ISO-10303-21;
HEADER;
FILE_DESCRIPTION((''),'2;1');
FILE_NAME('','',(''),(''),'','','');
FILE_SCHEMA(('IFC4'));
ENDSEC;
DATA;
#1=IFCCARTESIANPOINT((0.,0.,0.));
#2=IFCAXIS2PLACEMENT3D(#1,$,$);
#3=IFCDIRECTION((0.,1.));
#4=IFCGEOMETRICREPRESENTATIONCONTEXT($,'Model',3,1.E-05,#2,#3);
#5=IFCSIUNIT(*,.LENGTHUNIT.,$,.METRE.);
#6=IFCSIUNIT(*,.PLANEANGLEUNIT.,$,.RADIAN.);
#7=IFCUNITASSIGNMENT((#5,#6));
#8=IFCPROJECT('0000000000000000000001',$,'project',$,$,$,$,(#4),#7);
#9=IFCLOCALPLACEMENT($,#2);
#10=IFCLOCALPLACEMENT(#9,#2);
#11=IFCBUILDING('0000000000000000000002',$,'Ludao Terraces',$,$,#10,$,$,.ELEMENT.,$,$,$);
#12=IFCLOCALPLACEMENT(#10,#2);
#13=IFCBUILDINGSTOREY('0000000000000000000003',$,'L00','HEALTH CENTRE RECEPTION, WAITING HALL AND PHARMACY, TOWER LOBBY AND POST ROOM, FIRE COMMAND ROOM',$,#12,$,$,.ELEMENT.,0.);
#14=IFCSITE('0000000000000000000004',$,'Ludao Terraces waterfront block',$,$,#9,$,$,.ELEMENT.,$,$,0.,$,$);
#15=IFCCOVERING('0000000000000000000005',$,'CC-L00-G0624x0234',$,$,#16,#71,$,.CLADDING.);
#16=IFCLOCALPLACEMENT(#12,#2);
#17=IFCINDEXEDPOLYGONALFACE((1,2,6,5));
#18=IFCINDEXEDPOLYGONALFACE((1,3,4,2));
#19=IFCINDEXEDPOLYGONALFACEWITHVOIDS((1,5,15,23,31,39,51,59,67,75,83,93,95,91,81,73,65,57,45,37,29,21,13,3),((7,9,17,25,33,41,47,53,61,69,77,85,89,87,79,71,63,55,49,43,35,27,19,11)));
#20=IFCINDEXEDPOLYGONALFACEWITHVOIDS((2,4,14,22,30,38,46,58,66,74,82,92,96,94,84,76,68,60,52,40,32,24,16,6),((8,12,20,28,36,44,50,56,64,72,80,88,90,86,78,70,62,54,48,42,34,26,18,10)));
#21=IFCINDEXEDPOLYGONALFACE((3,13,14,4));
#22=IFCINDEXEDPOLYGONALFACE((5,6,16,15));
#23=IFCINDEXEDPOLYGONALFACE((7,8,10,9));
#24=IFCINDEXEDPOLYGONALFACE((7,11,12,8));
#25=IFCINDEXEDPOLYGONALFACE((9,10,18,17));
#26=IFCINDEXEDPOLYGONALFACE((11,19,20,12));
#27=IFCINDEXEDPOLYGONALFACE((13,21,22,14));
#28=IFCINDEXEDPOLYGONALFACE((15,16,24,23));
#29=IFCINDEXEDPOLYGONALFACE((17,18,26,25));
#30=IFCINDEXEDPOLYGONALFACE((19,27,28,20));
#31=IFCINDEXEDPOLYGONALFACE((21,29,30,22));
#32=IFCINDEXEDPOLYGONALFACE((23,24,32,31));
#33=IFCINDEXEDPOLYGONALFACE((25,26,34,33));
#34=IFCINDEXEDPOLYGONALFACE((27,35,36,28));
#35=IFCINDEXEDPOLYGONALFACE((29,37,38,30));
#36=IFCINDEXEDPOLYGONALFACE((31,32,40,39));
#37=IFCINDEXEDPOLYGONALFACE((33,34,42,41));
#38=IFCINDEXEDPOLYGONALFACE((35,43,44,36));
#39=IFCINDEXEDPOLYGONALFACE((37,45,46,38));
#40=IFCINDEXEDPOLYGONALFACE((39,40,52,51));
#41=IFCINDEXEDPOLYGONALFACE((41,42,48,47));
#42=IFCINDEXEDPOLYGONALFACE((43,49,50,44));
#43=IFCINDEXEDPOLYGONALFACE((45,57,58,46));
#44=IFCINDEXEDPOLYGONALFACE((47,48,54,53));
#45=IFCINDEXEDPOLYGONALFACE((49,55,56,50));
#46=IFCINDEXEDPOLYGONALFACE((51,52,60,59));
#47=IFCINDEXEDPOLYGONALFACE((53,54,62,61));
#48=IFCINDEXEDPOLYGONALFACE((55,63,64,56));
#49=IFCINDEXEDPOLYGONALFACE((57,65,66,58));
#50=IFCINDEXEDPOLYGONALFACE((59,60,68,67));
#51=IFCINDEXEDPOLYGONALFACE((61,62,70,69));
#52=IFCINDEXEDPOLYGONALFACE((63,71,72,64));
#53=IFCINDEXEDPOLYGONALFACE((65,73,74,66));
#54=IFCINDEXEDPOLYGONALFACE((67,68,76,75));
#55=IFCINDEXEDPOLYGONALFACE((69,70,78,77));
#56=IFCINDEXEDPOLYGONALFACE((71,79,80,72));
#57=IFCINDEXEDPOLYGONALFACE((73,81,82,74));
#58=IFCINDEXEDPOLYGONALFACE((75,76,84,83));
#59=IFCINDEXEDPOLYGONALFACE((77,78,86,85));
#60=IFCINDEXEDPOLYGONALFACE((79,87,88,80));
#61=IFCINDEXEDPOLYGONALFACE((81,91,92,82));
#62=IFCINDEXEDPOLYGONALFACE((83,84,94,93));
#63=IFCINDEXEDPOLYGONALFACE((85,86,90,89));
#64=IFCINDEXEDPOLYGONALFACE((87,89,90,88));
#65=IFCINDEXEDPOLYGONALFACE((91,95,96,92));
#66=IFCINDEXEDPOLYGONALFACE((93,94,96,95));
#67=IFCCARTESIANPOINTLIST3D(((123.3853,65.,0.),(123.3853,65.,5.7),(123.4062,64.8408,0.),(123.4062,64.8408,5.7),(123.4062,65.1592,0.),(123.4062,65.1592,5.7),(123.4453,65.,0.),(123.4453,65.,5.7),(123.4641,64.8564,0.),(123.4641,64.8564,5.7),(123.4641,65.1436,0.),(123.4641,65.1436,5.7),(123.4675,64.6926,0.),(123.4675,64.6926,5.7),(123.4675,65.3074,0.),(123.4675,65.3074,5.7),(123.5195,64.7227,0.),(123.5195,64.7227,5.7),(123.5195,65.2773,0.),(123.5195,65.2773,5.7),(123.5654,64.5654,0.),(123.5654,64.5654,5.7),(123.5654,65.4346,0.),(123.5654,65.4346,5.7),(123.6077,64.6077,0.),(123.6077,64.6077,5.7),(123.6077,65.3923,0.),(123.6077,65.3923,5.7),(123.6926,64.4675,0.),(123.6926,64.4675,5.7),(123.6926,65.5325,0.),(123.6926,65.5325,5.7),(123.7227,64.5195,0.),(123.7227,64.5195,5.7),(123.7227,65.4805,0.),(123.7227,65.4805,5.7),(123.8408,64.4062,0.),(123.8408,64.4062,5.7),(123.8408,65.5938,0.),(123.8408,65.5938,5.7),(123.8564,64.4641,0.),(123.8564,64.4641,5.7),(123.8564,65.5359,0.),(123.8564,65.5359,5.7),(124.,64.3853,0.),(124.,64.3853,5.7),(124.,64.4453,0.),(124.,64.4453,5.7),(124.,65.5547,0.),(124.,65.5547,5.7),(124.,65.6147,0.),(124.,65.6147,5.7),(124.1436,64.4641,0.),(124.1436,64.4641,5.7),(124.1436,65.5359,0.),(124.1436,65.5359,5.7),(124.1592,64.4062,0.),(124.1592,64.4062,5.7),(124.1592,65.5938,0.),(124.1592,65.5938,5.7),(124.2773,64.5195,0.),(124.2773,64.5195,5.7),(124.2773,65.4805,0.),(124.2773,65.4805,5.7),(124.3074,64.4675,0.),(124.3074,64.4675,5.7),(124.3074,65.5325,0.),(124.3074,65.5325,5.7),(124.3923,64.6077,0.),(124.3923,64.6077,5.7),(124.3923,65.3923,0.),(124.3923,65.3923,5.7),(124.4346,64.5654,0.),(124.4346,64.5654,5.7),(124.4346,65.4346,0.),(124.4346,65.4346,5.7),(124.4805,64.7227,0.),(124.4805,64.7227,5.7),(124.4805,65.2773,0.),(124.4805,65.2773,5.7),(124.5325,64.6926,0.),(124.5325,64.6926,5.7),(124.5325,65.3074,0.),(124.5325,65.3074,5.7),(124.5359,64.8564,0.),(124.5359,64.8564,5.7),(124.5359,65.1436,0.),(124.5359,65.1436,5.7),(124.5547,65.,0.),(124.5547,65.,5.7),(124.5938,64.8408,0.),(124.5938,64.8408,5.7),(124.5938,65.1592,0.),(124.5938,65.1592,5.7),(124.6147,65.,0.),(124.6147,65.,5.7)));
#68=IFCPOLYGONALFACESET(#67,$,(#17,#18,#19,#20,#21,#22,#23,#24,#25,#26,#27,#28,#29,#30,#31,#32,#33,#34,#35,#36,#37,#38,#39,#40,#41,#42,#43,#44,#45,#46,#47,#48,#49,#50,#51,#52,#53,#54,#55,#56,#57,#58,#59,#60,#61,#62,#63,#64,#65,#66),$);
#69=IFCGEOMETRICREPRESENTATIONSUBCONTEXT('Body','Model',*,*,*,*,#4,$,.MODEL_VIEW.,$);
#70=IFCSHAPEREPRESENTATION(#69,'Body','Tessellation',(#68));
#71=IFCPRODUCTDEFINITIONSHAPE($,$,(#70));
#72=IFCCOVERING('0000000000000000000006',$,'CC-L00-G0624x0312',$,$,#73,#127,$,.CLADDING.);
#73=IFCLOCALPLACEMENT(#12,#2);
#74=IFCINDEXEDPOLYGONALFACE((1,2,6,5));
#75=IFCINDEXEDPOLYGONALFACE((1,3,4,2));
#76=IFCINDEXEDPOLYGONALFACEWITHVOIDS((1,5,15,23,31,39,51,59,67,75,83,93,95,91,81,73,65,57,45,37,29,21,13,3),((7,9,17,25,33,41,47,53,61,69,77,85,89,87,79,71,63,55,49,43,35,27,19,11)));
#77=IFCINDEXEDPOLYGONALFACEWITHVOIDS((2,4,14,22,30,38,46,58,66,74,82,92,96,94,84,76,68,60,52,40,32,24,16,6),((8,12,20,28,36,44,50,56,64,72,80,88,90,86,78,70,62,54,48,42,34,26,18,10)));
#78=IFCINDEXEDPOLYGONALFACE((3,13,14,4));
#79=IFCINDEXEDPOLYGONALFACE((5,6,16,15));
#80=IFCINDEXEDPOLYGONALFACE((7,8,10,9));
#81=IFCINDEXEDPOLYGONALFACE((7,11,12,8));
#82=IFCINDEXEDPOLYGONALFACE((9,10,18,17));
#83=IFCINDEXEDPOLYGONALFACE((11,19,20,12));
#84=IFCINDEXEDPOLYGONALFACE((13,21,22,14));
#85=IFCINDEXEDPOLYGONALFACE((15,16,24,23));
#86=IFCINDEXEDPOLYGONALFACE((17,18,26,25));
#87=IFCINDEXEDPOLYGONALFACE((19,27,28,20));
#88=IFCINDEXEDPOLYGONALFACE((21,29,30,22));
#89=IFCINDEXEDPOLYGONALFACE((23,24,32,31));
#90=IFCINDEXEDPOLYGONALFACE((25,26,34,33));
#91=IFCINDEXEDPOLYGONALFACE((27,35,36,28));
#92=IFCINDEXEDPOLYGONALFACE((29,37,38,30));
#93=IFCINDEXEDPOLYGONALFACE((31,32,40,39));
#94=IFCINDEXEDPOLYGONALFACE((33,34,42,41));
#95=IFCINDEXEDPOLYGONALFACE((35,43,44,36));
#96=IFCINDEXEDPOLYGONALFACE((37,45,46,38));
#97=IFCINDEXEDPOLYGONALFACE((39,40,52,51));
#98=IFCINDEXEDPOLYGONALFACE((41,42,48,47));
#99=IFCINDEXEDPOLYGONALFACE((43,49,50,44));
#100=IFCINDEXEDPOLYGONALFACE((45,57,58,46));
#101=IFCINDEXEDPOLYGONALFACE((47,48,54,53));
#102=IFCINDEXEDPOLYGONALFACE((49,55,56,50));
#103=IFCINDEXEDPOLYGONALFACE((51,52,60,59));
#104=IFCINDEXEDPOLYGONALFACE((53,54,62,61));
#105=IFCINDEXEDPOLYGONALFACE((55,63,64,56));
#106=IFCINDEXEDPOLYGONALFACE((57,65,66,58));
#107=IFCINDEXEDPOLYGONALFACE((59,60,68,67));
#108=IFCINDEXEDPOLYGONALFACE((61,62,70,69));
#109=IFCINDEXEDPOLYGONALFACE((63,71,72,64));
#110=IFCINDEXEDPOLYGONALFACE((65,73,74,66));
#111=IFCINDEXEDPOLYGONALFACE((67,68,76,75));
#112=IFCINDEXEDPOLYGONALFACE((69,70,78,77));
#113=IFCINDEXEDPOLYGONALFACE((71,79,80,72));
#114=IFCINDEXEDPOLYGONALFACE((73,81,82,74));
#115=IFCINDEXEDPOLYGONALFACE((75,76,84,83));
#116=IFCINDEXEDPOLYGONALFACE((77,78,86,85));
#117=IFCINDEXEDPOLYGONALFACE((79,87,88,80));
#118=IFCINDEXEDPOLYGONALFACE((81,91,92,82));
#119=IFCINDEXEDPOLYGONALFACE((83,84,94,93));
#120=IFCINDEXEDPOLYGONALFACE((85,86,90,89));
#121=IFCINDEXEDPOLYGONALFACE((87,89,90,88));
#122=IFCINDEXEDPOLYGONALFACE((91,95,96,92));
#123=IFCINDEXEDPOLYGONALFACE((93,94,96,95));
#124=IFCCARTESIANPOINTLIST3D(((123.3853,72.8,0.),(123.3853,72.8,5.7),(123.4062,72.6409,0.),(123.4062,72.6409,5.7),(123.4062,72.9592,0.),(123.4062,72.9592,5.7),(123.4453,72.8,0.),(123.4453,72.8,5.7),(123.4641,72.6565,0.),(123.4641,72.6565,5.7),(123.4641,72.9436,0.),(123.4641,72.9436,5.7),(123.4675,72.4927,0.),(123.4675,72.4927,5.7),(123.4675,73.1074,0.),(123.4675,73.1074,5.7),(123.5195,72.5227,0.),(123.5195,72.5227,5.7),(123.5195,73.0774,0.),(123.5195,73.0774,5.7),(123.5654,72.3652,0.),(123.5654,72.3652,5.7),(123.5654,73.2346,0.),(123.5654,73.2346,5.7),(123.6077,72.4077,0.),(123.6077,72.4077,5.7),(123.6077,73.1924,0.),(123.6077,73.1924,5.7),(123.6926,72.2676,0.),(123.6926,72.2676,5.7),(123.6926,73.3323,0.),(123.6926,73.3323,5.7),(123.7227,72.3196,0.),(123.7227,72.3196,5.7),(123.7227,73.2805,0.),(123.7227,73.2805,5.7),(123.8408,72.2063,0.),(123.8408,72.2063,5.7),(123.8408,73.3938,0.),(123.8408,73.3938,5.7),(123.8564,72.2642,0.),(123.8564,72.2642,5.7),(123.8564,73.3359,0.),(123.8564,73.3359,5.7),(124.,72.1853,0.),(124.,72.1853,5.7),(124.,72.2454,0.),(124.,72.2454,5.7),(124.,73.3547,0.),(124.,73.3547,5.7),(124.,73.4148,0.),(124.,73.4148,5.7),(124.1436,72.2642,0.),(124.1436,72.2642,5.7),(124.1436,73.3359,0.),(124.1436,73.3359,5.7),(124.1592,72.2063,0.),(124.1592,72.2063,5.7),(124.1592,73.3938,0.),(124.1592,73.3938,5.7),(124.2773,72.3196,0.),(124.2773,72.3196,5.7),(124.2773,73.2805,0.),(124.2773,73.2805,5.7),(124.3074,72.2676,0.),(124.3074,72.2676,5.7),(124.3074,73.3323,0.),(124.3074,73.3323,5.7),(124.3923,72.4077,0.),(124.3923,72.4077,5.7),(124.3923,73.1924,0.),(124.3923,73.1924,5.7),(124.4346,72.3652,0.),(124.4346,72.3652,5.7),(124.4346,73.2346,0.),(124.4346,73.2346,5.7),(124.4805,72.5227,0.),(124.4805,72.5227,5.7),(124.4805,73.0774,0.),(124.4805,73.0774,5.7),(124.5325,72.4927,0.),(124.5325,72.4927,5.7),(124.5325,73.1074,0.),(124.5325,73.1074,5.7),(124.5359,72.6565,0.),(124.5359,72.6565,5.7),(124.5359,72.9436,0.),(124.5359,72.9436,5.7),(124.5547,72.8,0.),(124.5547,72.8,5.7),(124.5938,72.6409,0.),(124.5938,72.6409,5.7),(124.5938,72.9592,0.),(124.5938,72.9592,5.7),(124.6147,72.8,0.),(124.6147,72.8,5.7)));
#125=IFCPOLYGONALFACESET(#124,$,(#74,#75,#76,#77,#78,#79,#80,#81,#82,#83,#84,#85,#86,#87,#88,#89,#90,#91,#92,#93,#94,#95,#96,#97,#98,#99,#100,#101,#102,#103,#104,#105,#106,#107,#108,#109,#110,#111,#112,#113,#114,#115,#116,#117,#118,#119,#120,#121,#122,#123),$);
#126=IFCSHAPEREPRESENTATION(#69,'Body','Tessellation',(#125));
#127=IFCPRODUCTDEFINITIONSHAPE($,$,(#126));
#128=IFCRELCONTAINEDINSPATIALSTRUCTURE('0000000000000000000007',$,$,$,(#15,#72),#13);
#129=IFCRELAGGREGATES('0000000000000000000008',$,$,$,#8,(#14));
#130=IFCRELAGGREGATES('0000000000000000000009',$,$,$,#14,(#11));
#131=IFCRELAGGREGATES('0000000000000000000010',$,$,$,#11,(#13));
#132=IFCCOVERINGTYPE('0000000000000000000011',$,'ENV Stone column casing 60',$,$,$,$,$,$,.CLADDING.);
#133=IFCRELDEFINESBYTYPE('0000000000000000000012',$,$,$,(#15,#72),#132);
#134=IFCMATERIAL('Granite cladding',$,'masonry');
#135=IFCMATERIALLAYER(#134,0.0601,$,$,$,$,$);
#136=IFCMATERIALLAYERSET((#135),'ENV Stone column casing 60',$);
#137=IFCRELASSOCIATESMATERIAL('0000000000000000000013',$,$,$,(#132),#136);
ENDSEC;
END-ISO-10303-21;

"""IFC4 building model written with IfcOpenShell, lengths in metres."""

from ifc_helpers import new_model, si_unit, direction, origin, place, context, subcontext, project, spatial, polyline, outline, extrude, material, layer, layer_set, type_object, element, save


model = new_model("IFC4")

# Units and contexts
model_context = context("Model", 3, precision=1e-05, world=origin(), true_north=direction((0.0, 1.0)))
body_context = subcontext(model_context, "Body", "Model", "MODEL_VIEW")
ifc_project = project(units=[si_unit("LENGTHUNIT", "METRE"), si_unit("PLANEANGLEUNIT", "RADIAN")], contexts=[model_context])

# Site, building, storey
site_placement = place(None, origin())
site = spatial("IfcSite", under=ifc_project, at=site_placement, Name="Ludao Terraces waterfront block", CompositionType="ELEMENT", RefElevation=0.0)
building_placement = place(site_placement, origin())
building = spatial("IfcBuilding", under=site, at=building_placement, Name="Ludao Terraces", CompositionType="ELEMENT")
storey_placement = place(building_placement, origin())
storey = spatial("IfcBuildingStorey", under=building, at=storey_placement, Name="L00", Description="HEALTH CENTRE RECEPTION, WAITING HALL AND PHARMACY, TOWER LOBBY AND POST ROOM, FIRE COMMAND ROOM", CompositionType="ELEMENT", Elevation=0.0)

# Coverings
ifc_material_1 = material(Name="Granite cladding", Category="masonry")
ifc_layer_1 = layer(ifc_material_1, 0.0601)
ifc_layer_set_1 = layer_set([ifc_layer_1], Name="ENV Stone column casing 60")
covering_type_1 = type_object("IfcCoveringType", Name="ENV Stone column casing 60", PredefinedType="CLADDING", material=ifc_layer_set_1)
covering_1_placement = place(storey_placement, origin())
element("IfcCovering", 1, at=covering_1_placement, inside=storey, type_object=covering_type_1, Name="CC-L00-G0624x0234", PredefinedType="CLADDING", context=body_context, shape_type="SweptSolid", body=[
    extrude(outline(polyline([(124.6147, 65.0), (124.5938, 65.1592), (124.5325, 65.3074), (124.4346, 65.4346), (124.3074, 65.5325), (124.1592, 65.5938), (124.0, 65.6147), (123.8408, 65.5938), (123.6926, 65.5325), (123.5654, 65.4346), (123.4675, 65.3074), (123.4062, 65.1592), (123.3853, 65.0), (123.4062, 64.8408), (123.4675, 64.6926), (123.5654, 64.5654), (123.6926, 64.4675), (123.8408, 64.4062), (124.0, 64.3853), (124.1592, 64.4062), (124.3074, 64.4675), (124.4346, 64.5654), (124.5325, 64.6926), (124.5938, 64.8408), (124.6147, 65.0)]), holes=[polyline([(124.5359, 64.8564), (124.4805, 64.7227), (124.3923, 64.6077), (124.2773, 64.5195), (124.1436, 64.4641), (124.0, 64.4453), (123.8564, 64.4641), (123.7227, 64.5195), (123.6077, 64.6077), (123.5195, 64.7227), (123.4641, 64.8564), (123.4453, 65.0), (123.4641, 65.1436), (123.5195, 65.2773), (123.6077, 65.3923), (123.7227, 65.4805), (123.8564, 65.5359), (124.0, 65.5547), (124.1436, 65.5359), (124.2773, 65.4805), (124.3923, 65.3923), (124.4805, 65.2773), (124.5359, 65.1436), (124.5547, 65.0), (124.5359, 64.8564)])]), origin(), (0.0, 0.0, 1.0), 5.7),
])
covering_2_placement = place(storey_placement, origin())
element("IfcCovering", 2, at=covering_2_placement, inside=storey, type_object=covering_type_1, Name="CC-L00-G0624x0312", PredefinedType="CLADDING", context=body_context, shape_type="SweptSolid", body=[
    extrude(outline(polyline([(124.6147, 72.8), (124.5938, 72.9592), (124.5325, 73.1074), (124.4346, 73.2346), (124.3074, 73.3323), (124.1592, 73.3938), (124.0, 73.4148), (123.8408, 73.3938), (123.6926, 73.3323), (123.5654, 73.2346), (123.4675, 73.1074), (123.4062, 72.9592), (123.3853, 72.8), (123.4062, 72.6409), (123.4675, 72.4927), (123.5654, 72.3652), (123.6926, 72.2676), (123.8408, 72.2063), (124.0, 72.1853), (124.1592, 72.2063), (124.3074, 72.2676), (124.4346, 72.3652), (124.5325, 72.4927), (124.5938, 72.6409), (124.6147, 72.8)]), holes=[polyline([(124.5359, 72.6565), (124.4805, 72.5227), (124.3923, 72.4077), (124.2773, 72.3196), (124.1436, 72.2642), (124.0, 72.2454), (123.8564, 72.2642), (123.7227, 72.3196), (123.6077, 72.4077), (123.5195, 72.5227), (123.4641, 72.6565), (123.4453, 72.8), (123.4641, 72.9436), (123.5195, 73.0774), (123.6077, 73.1924), (123.7227, 73.2805), (123.8564, 73.3359), (124.0, 73.3547), (124.1436, 73.3359), (124.2773, 73.2805), (124.3923, 73.1924), (124.4805, 73.0774), (124.5359, 72.9436), (124.5547, 72.8), (124.5359, 72.6565)])]), origin(), (0.0, 0.0, 1.0), 5.7),
])

save(model, "model.ifc")
